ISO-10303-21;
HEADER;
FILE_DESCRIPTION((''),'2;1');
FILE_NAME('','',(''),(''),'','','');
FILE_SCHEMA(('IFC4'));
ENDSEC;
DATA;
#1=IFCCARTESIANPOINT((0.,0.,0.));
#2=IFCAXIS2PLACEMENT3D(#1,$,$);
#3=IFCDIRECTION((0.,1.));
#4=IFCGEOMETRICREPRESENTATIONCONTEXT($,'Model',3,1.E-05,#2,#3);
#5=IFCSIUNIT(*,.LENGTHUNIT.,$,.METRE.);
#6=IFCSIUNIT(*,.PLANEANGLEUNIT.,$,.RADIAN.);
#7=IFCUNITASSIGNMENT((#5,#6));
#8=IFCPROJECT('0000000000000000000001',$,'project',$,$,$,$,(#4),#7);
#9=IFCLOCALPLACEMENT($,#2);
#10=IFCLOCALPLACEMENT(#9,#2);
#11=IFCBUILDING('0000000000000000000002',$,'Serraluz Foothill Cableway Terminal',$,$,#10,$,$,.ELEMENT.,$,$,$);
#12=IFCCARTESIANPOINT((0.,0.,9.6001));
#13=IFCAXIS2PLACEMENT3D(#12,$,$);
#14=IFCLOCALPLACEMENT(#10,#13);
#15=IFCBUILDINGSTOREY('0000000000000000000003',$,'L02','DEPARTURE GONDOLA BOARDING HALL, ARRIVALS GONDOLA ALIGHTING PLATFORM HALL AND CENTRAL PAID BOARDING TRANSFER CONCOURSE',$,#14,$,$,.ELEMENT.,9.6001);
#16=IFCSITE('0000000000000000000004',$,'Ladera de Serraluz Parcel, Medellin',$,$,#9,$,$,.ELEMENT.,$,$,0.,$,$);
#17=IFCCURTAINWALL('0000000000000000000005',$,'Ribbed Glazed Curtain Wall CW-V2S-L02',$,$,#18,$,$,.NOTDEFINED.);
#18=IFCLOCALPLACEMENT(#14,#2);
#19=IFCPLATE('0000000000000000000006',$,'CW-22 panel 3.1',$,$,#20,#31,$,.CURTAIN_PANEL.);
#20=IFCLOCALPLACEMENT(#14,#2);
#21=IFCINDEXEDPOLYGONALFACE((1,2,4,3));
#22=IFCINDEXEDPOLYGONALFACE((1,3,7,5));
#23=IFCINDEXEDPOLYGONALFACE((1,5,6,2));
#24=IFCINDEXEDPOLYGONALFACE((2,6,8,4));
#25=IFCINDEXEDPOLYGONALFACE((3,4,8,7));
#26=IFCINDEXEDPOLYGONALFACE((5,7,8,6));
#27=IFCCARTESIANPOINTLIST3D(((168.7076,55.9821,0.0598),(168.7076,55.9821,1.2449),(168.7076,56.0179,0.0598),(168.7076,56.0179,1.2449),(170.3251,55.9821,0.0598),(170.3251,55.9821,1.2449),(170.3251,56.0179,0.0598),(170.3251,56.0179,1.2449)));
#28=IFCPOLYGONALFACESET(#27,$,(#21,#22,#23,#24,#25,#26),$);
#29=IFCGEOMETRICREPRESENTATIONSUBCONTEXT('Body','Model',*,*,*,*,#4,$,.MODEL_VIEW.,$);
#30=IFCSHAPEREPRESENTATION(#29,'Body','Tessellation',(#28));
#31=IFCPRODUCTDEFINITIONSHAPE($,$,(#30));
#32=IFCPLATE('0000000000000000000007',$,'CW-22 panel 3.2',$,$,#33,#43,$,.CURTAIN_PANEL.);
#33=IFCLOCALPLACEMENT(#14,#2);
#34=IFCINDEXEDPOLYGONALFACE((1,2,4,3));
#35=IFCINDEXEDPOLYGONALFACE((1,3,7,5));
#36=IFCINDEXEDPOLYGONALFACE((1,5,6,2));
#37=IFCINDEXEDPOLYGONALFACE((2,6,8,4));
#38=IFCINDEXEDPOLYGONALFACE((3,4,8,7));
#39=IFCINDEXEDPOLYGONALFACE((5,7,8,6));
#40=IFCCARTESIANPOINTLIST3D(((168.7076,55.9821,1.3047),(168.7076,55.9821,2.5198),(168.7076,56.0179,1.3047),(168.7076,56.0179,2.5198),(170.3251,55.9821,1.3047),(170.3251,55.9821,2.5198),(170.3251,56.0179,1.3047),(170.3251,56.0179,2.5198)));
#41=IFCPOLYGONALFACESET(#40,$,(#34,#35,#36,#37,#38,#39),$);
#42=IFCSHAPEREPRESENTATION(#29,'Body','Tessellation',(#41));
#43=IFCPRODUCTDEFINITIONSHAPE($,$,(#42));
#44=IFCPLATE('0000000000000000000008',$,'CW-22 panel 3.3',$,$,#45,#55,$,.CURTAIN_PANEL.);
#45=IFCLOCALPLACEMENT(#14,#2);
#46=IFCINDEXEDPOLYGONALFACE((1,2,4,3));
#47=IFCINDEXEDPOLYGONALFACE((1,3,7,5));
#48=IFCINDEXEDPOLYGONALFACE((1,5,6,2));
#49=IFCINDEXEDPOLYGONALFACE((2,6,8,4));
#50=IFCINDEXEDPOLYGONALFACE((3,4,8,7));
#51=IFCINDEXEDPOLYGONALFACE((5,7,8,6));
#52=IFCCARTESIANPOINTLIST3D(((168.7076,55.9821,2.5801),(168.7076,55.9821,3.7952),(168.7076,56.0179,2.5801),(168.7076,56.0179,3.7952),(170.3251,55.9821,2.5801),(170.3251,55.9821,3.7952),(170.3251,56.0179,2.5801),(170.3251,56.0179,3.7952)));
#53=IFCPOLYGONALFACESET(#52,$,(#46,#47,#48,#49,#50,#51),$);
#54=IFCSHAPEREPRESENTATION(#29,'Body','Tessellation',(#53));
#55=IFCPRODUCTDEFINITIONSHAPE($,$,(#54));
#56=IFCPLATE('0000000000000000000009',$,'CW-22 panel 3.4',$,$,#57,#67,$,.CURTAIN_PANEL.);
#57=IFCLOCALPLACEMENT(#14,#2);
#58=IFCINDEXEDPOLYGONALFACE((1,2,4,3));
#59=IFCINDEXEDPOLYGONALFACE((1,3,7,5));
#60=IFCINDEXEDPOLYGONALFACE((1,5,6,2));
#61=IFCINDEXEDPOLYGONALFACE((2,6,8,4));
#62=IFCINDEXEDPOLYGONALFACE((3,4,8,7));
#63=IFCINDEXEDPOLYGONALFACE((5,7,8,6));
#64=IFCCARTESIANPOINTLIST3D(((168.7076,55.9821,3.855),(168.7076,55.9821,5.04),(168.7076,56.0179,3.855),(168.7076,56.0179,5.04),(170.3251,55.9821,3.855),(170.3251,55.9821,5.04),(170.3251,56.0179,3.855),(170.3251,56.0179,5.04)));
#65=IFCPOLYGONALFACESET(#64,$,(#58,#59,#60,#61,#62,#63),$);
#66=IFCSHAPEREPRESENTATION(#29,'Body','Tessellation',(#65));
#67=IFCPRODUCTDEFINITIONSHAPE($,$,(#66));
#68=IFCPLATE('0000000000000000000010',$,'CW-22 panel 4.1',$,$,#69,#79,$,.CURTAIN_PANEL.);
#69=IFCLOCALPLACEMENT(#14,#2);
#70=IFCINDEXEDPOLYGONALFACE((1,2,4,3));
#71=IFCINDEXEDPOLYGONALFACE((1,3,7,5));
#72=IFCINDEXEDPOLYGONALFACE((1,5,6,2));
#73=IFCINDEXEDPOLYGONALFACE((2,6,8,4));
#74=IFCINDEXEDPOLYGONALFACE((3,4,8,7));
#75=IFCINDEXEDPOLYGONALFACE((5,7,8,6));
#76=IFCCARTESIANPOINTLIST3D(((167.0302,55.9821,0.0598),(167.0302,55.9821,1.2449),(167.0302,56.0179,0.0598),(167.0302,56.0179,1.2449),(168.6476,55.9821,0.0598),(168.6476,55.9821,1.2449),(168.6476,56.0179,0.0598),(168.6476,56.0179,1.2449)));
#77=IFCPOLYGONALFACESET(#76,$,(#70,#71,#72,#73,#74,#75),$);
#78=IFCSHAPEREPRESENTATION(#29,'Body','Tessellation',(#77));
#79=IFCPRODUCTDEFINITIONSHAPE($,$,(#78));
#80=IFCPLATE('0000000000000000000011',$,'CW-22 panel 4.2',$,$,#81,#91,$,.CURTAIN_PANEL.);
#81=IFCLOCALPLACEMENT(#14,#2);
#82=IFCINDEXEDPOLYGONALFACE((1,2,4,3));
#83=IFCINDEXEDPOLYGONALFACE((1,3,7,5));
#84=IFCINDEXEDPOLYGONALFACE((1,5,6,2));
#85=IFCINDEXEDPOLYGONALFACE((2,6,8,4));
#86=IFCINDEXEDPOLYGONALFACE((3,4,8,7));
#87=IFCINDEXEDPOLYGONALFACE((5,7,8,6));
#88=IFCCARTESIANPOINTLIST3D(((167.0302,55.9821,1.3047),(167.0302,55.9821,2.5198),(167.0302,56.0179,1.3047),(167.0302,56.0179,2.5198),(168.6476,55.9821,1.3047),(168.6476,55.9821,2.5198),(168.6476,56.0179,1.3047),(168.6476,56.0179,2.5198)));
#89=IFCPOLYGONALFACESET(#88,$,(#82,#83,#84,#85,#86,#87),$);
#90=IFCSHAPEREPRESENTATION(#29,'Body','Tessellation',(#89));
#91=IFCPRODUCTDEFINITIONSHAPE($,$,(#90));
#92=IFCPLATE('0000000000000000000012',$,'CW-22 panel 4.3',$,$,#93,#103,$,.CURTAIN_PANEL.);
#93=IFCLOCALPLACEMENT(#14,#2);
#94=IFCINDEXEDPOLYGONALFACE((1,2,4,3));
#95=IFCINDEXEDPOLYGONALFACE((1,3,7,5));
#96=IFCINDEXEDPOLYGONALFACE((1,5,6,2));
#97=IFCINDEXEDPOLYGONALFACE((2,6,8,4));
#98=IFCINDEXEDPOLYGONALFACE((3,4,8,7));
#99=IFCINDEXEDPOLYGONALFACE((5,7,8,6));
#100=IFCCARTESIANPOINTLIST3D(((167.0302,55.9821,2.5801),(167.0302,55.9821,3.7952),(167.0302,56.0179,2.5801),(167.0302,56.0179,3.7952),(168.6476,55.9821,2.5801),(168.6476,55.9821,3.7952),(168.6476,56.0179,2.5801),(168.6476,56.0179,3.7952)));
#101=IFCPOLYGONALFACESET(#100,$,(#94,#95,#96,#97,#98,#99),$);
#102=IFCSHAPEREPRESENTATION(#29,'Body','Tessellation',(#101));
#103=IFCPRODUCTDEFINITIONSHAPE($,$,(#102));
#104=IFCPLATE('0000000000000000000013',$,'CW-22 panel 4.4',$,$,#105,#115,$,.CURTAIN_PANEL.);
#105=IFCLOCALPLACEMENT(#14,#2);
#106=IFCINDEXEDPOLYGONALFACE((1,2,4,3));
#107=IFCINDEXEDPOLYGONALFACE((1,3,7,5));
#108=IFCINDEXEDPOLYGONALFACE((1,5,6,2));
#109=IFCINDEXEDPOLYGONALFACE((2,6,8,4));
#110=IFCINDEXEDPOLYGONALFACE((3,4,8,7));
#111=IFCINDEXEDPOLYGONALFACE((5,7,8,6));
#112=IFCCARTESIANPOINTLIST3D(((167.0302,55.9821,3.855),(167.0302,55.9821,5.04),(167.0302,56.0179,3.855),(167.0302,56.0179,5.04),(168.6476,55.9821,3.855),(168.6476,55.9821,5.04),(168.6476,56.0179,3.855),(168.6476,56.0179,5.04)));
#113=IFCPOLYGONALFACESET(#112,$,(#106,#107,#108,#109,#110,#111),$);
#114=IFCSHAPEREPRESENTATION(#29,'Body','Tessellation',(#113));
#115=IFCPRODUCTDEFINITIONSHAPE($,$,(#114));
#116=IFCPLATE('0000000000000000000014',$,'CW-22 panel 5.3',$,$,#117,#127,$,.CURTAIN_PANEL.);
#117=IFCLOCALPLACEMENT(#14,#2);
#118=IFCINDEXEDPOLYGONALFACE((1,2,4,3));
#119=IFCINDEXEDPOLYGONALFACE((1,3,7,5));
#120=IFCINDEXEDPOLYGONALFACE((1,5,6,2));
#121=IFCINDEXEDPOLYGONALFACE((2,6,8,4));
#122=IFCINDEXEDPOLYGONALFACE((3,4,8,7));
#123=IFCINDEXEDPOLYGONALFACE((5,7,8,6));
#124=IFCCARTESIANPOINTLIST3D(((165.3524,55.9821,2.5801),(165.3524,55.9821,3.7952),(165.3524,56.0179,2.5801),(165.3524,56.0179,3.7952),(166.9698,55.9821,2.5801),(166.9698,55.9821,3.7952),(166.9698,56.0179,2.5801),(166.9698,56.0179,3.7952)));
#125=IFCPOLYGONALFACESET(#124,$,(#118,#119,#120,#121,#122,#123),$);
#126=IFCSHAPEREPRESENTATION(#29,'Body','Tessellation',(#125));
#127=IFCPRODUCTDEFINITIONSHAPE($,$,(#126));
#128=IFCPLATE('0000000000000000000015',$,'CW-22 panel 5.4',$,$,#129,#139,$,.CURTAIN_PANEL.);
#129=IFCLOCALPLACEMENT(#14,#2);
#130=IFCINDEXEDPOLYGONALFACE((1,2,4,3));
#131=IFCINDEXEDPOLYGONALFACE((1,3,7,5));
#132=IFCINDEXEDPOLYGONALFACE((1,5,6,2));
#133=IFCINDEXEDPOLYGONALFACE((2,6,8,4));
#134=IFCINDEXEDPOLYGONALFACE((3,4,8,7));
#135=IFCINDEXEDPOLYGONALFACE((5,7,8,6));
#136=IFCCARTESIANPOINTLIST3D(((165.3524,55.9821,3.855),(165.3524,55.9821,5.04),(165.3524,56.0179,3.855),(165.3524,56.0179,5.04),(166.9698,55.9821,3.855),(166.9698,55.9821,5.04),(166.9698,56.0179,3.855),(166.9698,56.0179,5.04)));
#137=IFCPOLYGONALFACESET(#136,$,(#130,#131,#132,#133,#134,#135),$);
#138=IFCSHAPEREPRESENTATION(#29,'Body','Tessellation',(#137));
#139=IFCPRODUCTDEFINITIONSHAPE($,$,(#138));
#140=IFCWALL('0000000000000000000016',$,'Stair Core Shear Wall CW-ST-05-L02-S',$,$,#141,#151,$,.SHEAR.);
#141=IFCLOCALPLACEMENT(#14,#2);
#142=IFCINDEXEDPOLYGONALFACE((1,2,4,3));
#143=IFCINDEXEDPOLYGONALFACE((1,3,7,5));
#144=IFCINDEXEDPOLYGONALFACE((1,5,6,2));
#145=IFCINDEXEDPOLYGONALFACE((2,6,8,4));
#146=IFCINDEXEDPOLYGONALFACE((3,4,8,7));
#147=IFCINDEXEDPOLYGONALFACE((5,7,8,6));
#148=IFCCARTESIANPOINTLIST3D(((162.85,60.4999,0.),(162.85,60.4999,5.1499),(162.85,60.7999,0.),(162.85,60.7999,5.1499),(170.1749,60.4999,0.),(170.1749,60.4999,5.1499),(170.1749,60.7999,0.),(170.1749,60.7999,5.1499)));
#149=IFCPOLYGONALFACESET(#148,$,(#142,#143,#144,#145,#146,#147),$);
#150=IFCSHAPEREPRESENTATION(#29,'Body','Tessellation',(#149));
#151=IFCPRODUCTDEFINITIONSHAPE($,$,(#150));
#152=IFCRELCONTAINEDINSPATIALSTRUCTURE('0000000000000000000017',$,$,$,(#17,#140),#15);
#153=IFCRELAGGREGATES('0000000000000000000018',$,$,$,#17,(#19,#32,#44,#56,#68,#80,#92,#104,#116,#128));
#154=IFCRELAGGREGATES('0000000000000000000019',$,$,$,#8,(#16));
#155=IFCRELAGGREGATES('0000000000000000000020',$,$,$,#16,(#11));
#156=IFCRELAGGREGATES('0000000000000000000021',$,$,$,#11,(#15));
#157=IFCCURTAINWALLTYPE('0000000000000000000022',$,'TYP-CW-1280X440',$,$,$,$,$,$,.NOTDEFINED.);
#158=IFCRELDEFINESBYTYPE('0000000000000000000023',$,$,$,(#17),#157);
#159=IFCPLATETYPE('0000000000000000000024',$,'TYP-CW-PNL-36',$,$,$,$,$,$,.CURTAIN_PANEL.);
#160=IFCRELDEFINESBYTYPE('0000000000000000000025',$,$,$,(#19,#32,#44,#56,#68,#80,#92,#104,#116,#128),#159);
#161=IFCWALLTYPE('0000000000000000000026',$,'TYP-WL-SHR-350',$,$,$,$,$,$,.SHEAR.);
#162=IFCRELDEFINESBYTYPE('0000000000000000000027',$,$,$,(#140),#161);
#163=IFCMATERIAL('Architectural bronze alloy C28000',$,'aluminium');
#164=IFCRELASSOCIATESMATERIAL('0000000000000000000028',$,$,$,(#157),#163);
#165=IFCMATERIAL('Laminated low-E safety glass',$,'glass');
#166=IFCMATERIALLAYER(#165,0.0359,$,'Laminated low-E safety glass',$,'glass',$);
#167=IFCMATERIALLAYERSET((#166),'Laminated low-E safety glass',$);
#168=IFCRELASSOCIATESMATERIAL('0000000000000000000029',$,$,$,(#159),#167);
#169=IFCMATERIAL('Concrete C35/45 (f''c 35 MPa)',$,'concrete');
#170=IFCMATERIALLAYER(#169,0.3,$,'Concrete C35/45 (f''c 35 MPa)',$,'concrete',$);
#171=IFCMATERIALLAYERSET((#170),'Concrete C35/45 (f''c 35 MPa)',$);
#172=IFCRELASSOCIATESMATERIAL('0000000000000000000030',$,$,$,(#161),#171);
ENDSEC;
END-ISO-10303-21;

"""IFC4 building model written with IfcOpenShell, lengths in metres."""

from ifc_helpers import new_model, si_unit, direction, frame, frame_2d, origin, origin_2d, place, context, subcontext, project, spatial, rectangle, extrude, material, layer, layer_set, type_object, element, aggregate, save


model = new_model("IFC4")

# Units and contexts
model_context = context("Model", 3, precision=1e-05, world=origin(), true_north=direction((0.0, 1.0)))
body_context = subcontext(model_context, "Body", "Model", "MODEL_VIEW")
ifc_project = project(units=[si_unit("LENGTHUNIT", "METRE"), si_unit("PLANEANGLEUNIT", "RADIAN")], contexts=[model_context])

# Site, building, storey
site_placement = place(None, origin())
site = spatial("IfcSite", under=ifc_project, at=site_placement, Name="Ladera de Serraluz Parcel, Medellin", CompositionType="ELEMENT", RefElevation=0.0)
building_placement = place(site_placement, origin())
building = spatial("IfcBuilding", under=site, at=building_placement, Name="Serraluz Foothill Cableway Terminal", CompositionType="ELEMENT")
storey_placement = place(building_placement, frame((0.0, 0.0, 9.6001)))
storey = spatial("IfcBuildingStorey", under=building, at=storey_placement, Name="L02", Description="DEPARTURE GONDOLA BOARDING HALL, ARRIVALS GONDOLA ALIGHTING PLATFORM HALL AND CENTRAL PAID BOARDING TRANSFER CONCOURSE", CompositionType="ELEMENT", Elevation=9.6001)

# Curtain wall, plates
ifc_material_1 = material(Name="Architectural bronze alloy C28000", Category="aluminium")
curtain_wall_type = type_object("IfcCurtainWallType", Name="TYP-CW-1280X440", PredefinedType="NOTDEFINED", material=ifc_material_1)
curtain_wall_placement = place(storey_placement, origin())
curtain_wall = element("IfcCurtainWall", 1, at=curtain_wall_placement, inside=storey, type_object=curtain_wall_type, Name="Ribbed Glazed Curtain Wall CW-V2S-L02", PredefinedType="NOTDEFINED")
ifc_material_2 = material(Name="Laminated low-E safety glass", Category="glass")
ifc_layer_1 = layer(ifc_material_2, 0.0359, Name="Laminated low-E safety glass", Category="glass")
ifc_layer_set_1 = layer_set([ifc_layer_1], Name="Laminated low-E safety glass")
plate_type = type_object("IfcPlateType", Name="TYP-CW-PNL-36", PredefinedType="CURTAIN_PANEL", material=ifc_layer_set_1)
plate_1_placement = place(storey_placement, frame((169.5164, 56.0, 0.0598), z_axis=(0.0, 0.0, 1.0), x_axis=(-1.0, 0.0, 0.0)))
plate_1 = element("IfcPlate", 2, at=plate_1_placement, type_object=plate_type, Name="CW-22 panel 3.1", PredefinedType="CURTAIN_PANEL", context=body_context, shape_type="SweptSolid", body=[
    extrude(rectangle(XDim=1.6174, YDim=0.0359, at=origin_2d()), origin(), (0.0, 0.0, 1.0), 1.1851),
])
plate_2_placement = place(storey_placement, frame((169.5164, 56.0, 1.3047), z_axis=(0.0, 0.0, 1.0), x_axis=(-1.0, 0.0, 0.0)))
plate_2 = element("IfcPlate", 3, at=plate_2_placement, type_object=plate_type, Name="CW-22 panel 3.2", PredefinedType="CURTAIN_PANEL", context=body_context, shape_type="SweptSolid", body=[
    extrude(rectangle(XDim=1.6174, YDim=0.0359, at=origin_2d()), origin(), (0.0, 0.0, 1.0), 1.2151),
])
plate_3_placement = place(storey_placement, frame((169.5164, 56.0, 2.5801), z_axis=(0.0, 0.0, 1.0), x_axis=(-1.0, 0.0, 0.0)))
plate_3 = element("IfcPlate", 4, at=plate_3_placement, type_object=plate_type, Name="CW-22 panel 3.3", PredefinedType="CURTAIN_PANEL", context=body_context, shape_type="SweptSolid", body=[
    extrude(rectangle(XDim=1.6174, YDim=0.0359, at=origin_2d()), origin(), (0.0, 0.0, 1.0), 1.2151),
])
plate_4_placement = place(storey_placement, frame((169.5164, 56.0, 3.855), z_axis=(0.0, 0.0, 1.0), x_axis=(-1.0, 0.0, 0.0)))
plate_4 = element("IfcPlate", 5, at=plate_4_placement, type_object=plate_type, Name="CW-22 panel 3.4", PredefinedType="CURTAIN_PANEL", context=body_context, shape_type="SweptSolid", body=[
    extrude(rectangle(XDim=1.6174, YDim=0.0359, at=origin_2d()), origin(), (0.0, 0.0, 1.0), 1.1851),
])
plate_5_placement = place(storey_placement, frame((167.8389, 56.0, 0.0598), z_axis=(0.0, 0.0, 1.0), x_axis=(-1.0, 0.0, 0.0)))
plate_5 = element("IfcPlate", 6, at=plate_5_placement, type_object=plate_type, Name="CW-22 panel 4.1", PredefinedType="CURTAIN_PANEL", context=body_context, shape_type="SweptSolid", body=[
    extrude(rectangle(XDim=1.6174, YDim=0.0359, at=origin_2d()), origin(), (0.0, 0.0, 1.0), 1.1851),
])
plate_6_placement = place(storey_placement, frame((167.8389, 56.0, 1.3047), z_axis=(0.0, 0.0, 1.0), x_axis=(-1.0, 0.0, 0.0)))
plate_6 = element("IfcPlate", 7, at=plate_6_placement, type_object=plate_type, Name="CW-22 panel 4.2", PredefinedType="CURTAIN_PANEL", context=body_context, shape_type="SweptSolid", body=[
    extrude(rectangle(XDim=1.6174, YDim=0.0359, at=origin_2d()), origin(), (0.0, 0.0, 1.0), 1.2151),
])
plate_7_placement = place(storey_placement, frame((167.8389, 56.0, 2.5801), z_axis=(0.0, 0.0, 1.0), x_axis=(-1.0, 0.0, 0.0)))
plate_7 = element("IfcPlate", 8, at=plate_7_placement, type_object=plate_type, Name="CW-22 panel 4.3", PredefinedType="CURTAIN_PANEL", context=body_context, shape_type="SweptSolid", body=[
    extrude(rectangle(XDim=1.6174, YDim=0.0359, at=origin_2d()), origin(), (0.0, 0.0, 1.0), 1.2151),
])
plate_8_placement = place(storey_placement, frame((167.8389, 56.0, 3.855), z_axis=(0.0, 0.0, 1.0), x_axis=(-1.0, 0.0, 0.0)))
plate_8 = element("IfcPlate", 9, at=plate_8_placement, type_object=plate_type, Name="CW-22 panel 4.4", PredefinedType="CURTAIN_PANEL", context=body_context, shape_type="SweptSolid", body=[
    extrude(rectangle(XDim=1.6174, YDim=0.0359, at=origin_2d()), origin(), (0.0, 0.0, 1.0), 1.1851),
])
plate_9_placement = place(storey_placement, frame((166.1611, 56.0, 2.5801), z_axis=(0.0, 0.0, 1.0), x_axis=(-1.0, 0.0, 0.0)))
plate_9 = element("IfcPlate", 10, at=plate_9_placement, type_object=plate_type, Name="CW-22 panel 5.3", PredefinedType="CURTAIN_PANEL", context=body_context, shape_type="SweptSolid", body=[
    extrude(rectangle(XDim=1.6174, YDim=0.0359, at=origin_2d()), origin(), (0.0, 0.0, 1.0), 1.2151),
])
plate_10_placement = place(storey_placement, frame((166.1611, 56.0, 3.855), z_axis=(0.0, 0.0, 1.0), x_axis=(-1.0, 0.0, 0.0)))
plate_10 = element("IfcPlate", 11, at=plate_10_placement, type_object=plate_type, Name="CW-22 panel 5.4", PredefinedType="CURTAIN_PANEL", context=body_context, shape_type="SweptSolid", body=[
    extrude(rectangle(XDim=1.6174, YDim=0.0359, at=origin_2d()), origin(), (0.0, 0.0, 1.0), 1.1851),
])
aggregate(curtain_wall, [plate_1, plate_2, plate_3, plate_4, plate_5, plate_6, plate_7, plate_8, plate_9, plate_10])

# Wall
ifc_material_3 = material(Name="Concrete C35/45 (f'c 35 MPa)", Category="concrete")
ifc_layer_2 = layer(ifc_material_3, 0.3, Name="Concrete C35/45 (f'c 35 MPa)", Category="concrete")
ifc_layer_set_2 = layer_set([ifc_layer_2], Name="Concrete C35/45 (f'c 35 MPa)")
wall_type = type_object("IfcWallType", Name="TYP-WL-SHR-350", PredefinedType="SHEAR", material=ifc_layer_set_2)
wall_placement = place(storey_placement, frame((170.175, 60.6499, 0.0), z_axis=(0.0, 0.0, 1.0), x_axis=(-1.0, 0.0, 0.0)))
element("IfcWall", 12, at=wall_placement, inside=storey, type_object=wall_type, Name="Stair Core Shear Wall CW-ST-05-L02-S", PredefinedType="SHEAR", context=body_context, shape_type="SweptSolid", body=[
    extrude(rectangle(XDim=7.325, YDim=0.3, at=frame_2d((3.6626, 0.0))), origin(), (0.0, 0.0, 1.0), 5.1499),
])

save(model, "model.ifc")
